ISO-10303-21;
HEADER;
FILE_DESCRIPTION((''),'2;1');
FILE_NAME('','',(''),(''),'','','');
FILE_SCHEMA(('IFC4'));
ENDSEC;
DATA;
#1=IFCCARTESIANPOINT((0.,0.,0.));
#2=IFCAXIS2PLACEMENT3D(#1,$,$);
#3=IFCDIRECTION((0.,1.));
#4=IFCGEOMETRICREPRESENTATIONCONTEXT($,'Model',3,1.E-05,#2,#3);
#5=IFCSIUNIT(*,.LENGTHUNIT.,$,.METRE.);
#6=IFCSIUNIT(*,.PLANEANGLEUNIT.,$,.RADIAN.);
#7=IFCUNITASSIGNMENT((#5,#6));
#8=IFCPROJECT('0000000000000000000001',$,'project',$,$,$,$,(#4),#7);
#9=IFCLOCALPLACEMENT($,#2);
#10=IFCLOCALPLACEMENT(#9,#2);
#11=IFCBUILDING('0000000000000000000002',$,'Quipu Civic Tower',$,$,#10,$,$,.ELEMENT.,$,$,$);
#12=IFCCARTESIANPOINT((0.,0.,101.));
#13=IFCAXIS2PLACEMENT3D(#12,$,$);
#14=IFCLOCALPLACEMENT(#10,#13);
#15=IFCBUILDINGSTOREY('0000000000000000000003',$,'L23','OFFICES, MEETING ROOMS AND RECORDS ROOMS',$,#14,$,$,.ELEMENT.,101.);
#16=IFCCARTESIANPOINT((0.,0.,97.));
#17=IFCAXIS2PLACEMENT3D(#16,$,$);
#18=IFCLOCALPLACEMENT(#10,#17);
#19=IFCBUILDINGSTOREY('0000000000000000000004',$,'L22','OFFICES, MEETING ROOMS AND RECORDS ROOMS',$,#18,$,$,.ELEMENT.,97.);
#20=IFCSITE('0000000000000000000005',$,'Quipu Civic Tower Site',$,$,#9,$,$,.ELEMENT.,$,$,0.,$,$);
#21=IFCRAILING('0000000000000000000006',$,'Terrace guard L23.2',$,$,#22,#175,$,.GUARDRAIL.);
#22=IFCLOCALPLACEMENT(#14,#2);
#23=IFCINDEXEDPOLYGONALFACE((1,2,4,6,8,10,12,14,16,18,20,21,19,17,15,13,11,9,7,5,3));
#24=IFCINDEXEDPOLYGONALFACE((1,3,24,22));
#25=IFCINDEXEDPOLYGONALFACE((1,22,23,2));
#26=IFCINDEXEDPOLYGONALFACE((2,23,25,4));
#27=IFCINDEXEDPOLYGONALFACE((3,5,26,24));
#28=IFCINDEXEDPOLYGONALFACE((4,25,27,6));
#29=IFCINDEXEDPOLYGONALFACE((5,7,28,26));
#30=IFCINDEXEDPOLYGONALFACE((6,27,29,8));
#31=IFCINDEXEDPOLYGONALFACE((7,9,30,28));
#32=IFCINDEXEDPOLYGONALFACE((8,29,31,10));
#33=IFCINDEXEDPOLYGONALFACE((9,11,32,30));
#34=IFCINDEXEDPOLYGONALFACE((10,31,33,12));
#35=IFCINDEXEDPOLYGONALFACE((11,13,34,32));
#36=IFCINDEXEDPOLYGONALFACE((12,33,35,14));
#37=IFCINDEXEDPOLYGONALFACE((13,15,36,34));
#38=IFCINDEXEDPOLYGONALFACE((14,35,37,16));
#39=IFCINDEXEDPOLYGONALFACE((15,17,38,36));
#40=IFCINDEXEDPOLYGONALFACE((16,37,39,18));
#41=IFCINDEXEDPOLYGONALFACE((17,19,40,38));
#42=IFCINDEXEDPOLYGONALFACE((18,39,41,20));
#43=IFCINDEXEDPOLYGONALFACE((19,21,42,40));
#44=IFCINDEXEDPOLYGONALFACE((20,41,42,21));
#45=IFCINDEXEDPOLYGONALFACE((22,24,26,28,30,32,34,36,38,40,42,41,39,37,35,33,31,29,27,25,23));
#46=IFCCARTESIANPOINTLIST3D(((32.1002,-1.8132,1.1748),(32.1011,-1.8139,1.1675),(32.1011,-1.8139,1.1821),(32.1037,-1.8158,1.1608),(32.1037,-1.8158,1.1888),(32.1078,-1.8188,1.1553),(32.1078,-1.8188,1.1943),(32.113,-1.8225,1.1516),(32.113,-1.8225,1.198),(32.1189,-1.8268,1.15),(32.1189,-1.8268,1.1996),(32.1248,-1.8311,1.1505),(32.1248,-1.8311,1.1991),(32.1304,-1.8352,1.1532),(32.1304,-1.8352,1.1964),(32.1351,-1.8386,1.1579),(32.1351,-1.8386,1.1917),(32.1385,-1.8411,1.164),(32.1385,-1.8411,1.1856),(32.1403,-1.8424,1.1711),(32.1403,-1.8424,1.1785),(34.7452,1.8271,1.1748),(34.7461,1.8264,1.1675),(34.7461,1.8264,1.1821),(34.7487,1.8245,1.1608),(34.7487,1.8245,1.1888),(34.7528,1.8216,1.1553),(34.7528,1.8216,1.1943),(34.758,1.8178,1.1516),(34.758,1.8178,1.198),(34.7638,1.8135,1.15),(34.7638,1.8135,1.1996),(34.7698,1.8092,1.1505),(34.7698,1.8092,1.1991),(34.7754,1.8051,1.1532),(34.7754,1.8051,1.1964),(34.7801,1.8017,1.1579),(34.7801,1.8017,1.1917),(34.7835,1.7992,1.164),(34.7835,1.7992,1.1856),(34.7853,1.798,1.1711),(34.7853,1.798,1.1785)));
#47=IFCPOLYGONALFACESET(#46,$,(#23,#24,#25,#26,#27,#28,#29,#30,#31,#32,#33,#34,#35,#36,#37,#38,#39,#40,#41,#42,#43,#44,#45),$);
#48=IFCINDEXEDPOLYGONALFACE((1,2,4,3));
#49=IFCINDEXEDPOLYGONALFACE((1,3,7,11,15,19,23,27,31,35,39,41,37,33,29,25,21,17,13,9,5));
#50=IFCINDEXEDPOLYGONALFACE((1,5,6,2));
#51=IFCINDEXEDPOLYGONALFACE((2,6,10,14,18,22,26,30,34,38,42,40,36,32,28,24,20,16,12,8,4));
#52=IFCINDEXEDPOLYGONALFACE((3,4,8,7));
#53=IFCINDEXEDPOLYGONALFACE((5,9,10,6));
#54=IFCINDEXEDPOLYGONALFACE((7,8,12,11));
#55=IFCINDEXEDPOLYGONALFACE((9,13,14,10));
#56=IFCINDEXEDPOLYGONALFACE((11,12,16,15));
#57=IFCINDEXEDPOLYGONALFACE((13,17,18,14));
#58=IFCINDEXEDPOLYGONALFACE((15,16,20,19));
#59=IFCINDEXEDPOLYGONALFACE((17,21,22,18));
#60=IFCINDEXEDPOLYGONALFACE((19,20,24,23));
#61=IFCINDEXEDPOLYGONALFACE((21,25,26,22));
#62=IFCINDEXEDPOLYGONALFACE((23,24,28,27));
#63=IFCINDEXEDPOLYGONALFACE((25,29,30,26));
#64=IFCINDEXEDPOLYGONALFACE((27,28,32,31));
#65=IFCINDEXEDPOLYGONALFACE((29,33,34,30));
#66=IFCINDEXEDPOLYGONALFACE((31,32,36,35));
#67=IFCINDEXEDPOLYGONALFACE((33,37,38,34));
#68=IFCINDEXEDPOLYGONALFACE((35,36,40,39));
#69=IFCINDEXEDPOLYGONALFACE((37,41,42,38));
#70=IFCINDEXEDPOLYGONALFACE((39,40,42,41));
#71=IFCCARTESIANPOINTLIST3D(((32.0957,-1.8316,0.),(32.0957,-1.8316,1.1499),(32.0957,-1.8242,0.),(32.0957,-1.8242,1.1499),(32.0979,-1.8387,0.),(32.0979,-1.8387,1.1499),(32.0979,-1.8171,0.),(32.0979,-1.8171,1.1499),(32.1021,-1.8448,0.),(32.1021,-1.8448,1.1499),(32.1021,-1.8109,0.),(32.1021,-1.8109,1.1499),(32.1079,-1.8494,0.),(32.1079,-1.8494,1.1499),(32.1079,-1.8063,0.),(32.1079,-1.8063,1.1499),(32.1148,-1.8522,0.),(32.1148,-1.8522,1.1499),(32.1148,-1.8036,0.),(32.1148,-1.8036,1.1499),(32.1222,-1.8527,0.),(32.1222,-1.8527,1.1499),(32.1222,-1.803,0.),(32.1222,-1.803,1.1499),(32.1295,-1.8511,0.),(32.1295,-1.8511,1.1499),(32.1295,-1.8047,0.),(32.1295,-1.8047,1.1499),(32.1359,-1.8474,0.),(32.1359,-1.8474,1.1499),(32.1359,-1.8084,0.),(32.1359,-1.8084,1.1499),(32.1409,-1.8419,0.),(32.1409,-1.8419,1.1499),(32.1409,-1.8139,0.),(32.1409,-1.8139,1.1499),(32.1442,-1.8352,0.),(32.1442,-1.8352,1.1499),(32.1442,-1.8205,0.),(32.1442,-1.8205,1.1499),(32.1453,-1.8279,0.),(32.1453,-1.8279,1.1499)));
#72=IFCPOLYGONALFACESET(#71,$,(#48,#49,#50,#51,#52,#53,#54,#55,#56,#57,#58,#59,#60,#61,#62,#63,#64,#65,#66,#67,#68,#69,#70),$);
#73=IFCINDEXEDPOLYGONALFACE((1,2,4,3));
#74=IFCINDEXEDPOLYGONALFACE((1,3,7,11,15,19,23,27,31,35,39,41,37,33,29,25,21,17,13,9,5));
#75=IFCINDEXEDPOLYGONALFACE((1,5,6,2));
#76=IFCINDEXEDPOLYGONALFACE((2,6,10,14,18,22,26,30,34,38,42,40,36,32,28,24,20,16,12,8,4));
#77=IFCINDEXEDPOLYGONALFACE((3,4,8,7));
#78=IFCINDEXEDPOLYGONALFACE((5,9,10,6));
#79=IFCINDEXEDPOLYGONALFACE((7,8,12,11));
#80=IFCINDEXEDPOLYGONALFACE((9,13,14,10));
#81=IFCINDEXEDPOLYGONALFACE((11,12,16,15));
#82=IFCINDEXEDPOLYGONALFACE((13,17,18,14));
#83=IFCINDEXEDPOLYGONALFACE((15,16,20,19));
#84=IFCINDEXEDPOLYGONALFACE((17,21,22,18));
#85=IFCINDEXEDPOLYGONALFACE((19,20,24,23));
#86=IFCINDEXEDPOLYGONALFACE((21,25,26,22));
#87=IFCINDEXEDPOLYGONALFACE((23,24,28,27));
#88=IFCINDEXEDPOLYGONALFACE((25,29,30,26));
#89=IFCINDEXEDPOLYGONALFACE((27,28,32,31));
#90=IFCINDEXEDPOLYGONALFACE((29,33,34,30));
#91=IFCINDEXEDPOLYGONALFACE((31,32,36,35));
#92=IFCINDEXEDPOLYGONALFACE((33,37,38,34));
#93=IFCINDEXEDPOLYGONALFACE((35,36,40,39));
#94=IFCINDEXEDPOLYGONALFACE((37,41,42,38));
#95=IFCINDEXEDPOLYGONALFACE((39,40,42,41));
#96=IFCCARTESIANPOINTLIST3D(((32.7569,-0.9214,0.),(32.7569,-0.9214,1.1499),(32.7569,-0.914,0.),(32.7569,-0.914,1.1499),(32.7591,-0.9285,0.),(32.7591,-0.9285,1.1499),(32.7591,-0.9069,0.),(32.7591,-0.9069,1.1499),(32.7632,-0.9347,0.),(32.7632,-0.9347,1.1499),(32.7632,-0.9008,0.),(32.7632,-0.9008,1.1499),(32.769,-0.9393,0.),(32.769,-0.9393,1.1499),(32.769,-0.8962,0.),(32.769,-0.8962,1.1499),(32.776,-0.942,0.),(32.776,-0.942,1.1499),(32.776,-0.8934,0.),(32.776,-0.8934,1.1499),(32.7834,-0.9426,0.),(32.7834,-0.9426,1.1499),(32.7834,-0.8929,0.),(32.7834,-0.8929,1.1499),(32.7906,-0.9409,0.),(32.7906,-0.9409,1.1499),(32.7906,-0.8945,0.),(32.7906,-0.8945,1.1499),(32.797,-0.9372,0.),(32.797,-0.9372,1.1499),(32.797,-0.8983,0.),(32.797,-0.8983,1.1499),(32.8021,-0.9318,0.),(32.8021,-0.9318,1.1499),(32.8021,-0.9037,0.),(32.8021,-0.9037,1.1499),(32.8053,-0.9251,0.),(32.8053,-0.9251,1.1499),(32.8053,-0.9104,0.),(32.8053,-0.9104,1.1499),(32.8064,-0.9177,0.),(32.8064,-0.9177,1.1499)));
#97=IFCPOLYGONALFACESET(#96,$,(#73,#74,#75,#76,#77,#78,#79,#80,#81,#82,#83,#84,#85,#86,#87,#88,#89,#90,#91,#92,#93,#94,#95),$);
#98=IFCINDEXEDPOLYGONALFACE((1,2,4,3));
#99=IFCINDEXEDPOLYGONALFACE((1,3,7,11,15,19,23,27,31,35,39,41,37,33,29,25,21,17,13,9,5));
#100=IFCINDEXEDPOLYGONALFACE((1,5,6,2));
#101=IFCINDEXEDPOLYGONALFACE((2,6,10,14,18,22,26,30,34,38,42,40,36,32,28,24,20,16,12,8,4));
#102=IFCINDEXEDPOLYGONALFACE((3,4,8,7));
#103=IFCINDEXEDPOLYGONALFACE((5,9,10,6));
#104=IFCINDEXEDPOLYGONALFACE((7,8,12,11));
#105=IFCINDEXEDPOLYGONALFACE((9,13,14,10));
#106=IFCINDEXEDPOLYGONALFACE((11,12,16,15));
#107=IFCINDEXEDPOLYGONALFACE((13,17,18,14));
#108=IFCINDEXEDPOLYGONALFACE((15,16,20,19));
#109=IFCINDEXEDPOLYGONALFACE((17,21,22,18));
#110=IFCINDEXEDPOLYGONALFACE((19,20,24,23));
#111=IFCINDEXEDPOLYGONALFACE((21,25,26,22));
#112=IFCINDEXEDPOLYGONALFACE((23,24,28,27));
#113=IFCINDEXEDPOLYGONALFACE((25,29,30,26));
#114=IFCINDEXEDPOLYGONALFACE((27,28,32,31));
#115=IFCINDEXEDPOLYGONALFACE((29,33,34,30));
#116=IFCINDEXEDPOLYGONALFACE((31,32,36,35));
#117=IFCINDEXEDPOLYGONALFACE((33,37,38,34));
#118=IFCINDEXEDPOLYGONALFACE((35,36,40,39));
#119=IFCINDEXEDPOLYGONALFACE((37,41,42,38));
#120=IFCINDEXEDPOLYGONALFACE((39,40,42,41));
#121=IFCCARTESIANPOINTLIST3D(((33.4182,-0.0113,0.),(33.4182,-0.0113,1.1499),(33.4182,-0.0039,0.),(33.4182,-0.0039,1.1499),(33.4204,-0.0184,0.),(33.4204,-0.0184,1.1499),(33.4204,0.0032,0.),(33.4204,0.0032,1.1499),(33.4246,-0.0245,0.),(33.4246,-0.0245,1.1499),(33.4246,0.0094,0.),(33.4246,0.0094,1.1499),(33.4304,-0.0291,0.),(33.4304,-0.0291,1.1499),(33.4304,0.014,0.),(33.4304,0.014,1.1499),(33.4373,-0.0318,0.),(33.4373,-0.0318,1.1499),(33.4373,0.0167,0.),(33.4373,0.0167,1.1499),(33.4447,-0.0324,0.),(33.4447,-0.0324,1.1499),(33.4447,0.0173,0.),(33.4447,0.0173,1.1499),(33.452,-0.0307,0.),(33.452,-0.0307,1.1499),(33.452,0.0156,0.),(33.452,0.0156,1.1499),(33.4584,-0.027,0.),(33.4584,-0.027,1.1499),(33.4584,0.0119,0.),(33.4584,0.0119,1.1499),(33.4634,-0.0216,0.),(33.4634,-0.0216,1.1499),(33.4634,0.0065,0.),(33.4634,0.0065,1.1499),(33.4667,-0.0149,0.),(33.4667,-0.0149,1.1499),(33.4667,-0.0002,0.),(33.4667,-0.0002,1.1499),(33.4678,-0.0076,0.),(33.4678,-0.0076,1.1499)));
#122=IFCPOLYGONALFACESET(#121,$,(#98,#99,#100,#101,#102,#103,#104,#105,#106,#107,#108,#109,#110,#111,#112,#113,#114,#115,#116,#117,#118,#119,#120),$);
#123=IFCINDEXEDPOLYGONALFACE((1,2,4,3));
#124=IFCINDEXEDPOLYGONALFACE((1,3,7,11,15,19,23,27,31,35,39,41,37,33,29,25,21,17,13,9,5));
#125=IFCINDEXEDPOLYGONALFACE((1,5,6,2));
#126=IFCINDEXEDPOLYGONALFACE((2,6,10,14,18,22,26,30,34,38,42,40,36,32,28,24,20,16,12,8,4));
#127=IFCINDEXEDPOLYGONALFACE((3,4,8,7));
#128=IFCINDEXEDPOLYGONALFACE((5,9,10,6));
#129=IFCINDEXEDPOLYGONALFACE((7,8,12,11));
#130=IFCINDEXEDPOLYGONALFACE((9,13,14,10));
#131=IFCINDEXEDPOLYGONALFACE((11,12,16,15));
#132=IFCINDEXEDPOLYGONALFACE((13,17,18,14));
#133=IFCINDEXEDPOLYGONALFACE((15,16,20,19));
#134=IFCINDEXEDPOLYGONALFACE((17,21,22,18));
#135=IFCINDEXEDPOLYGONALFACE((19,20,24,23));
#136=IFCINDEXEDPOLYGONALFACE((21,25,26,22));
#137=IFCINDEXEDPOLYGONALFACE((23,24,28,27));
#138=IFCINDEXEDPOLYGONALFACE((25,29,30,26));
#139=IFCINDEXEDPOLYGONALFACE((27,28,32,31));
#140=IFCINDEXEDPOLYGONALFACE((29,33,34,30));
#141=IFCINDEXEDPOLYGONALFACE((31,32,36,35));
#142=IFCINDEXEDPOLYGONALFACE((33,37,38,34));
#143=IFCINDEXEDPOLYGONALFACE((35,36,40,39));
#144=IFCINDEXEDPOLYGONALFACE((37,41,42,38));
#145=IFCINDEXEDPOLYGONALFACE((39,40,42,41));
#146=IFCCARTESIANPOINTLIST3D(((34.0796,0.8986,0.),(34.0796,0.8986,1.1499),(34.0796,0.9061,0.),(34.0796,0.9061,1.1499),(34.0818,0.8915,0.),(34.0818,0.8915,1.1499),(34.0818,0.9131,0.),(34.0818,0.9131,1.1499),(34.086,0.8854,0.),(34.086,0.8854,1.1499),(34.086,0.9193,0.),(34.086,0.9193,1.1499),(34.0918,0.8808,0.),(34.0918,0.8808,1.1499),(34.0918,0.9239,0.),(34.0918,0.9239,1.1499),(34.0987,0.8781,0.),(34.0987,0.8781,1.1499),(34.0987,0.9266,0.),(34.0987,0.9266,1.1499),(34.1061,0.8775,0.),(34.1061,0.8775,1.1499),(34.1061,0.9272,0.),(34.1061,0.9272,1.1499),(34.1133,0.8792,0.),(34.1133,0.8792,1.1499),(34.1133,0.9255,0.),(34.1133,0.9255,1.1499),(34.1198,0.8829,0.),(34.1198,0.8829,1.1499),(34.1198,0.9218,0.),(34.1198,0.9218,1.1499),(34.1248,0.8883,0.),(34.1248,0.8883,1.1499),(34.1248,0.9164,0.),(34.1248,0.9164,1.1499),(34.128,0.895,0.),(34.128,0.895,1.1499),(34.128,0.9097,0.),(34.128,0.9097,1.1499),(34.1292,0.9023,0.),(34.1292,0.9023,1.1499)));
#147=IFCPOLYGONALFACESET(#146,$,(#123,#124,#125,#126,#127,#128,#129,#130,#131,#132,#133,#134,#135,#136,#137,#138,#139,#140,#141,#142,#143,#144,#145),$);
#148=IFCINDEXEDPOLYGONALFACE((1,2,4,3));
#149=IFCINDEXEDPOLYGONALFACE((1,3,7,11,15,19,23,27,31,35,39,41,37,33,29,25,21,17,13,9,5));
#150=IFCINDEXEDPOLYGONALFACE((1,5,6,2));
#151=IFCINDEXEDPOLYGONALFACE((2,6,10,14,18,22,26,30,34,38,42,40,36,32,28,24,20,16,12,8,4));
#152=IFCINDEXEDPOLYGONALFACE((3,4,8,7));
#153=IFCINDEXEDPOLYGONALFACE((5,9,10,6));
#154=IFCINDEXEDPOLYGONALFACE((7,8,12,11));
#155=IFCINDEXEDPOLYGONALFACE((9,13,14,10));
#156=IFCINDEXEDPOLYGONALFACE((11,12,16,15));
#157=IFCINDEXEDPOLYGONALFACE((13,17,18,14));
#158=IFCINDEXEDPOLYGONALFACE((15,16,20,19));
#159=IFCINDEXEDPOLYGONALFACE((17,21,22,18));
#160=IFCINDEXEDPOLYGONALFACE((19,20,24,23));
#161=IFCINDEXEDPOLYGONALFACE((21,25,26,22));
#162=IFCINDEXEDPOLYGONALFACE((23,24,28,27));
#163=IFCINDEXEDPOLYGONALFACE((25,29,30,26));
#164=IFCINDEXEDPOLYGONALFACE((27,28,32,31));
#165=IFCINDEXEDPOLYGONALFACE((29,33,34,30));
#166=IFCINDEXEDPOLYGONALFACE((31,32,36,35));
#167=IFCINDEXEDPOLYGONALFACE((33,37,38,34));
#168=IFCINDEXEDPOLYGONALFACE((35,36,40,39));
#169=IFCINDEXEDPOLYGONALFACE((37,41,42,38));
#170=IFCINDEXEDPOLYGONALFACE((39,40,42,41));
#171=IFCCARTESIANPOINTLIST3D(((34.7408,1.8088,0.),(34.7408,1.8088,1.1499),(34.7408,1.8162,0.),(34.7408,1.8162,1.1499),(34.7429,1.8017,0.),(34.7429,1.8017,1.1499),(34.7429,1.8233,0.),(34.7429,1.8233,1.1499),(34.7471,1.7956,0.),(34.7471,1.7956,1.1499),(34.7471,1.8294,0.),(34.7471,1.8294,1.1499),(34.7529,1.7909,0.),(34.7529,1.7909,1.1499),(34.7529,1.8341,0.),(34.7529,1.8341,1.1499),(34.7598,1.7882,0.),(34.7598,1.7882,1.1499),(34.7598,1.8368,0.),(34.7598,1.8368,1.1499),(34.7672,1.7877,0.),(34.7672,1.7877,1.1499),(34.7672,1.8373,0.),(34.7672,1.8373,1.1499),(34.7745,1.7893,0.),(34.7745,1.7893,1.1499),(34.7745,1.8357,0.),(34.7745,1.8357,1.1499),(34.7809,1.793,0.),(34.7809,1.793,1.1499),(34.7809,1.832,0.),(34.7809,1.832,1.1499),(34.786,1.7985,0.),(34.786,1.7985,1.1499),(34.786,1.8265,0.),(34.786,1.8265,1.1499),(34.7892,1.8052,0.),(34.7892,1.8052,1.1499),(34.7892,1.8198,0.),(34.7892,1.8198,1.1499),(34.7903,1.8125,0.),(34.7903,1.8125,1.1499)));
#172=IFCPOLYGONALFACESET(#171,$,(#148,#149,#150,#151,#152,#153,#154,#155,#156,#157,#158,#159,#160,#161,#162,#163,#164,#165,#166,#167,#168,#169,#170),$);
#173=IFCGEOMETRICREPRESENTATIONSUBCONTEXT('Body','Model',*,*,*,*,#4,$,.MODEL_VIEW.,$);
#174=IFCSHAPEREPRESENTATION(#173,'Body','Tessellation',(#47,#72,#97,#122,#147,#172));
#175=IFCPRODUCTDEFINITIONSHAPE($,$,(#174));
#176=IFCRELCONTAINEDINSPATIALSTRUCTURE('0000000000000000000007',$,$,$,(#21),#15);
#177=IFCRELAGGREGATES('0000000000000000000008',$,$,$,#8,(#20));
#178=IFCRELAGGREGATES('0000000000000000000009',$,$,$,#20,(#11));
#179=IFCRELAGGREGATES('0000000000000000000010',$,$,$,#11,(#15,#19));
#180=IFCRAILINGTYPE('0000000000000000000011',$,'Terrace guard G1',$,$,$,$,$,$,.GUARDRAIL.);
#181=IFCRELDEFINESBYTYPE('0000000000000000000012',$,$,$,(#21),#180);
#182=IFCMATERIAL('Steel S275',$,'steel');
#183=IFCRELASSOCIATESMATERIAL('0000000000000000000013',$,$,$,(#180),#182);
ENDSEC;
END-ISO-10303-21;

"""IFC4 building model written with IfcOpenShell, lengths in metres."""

from ifc_helpers import new_model, si_unit, direction, frame, origin, origin_2d, place, context, subcontext, project, spatial, circle, extrude, material, type_object, element, save


model = new_model("IFC4")

# Units and contexts
model_context = context("Model", 3, precision=1e-05, world=origin(), true_north=direction((0.0, 1.0)))
body_context = subcontext(model_context, "Body", "Model", "MODEL_VIEW")
ifc_project = project(units=[si_unit("LENGTHUNIT", "METRE"), si_unit("PLANEANGLEUNIT", "RADIAN")], contexts=[model_context])

# Site, building, storey
site_placement = place(None, origin())
site = spatial("IfcSite", under=ifc_project, at=site_placement, Name="Quipu Civic Tower Site", CompositionType="ELEMENT", RefElevation=0.0)
building_placement = place(site_placement, origin())
building = spatial("IfcBuilding", under=site, at=building_placement, Name="Quipu Civic Tower", CompositionType="ELEMENT")
storey_1_placement = place(building_placement, frame((0.0, 0.0, 101.0)))
storey_1 = spatial("IfcBuildingStorey", under=building, at=storey_1_placement, Name="L23", Description="OFFICES, MEETING ROOMS AND RECORDS ROOMS", CompositionType="ELEMENT", Elevation=101.0)

# Shared definitions
storey_2_placement = place(building_placement, frame((0.0, 0.0, 97.0)))
storey_2 = spatial("IfcBuildingStorey", under=building, at=storey_2_placement, Name="L22", Description="OFFICES, MEETING ROOMS AND RECORDS ROOMS", CompositionType="ELEMENT", Elevation=97.0)

# Railing
ifc_material_1 = material(Name="Steel S275", Category="steel")
railing_type = type_object("IfcRailingType", Name="Terrace guard G1", PredefinedType="GUARDRAIL", material=ifc_material_1)
railing_1_placement = place(storey_1_placement, frame((32.1204, -1.8279, 0.0)))
element("IfcRailing", 1, at=railing_1_placement, inside=storey_1, type_object=railing_type, Name="Terrace guard L23.2", PredefinedType="GUARDRAIL", context=body_context, shape_type="SweptSolid", body=[
    extrude(circle(Radius=0.0249, at=origin_2d()), frame((0.0, 0.0, 1.1748), z_axis=(0.587804, 0.809003, 0.0), x_axis=(-0.809003, 0.587804, 0.0)), (0.0, 0.0, 1.0), 4.4998),
    extrude(circle(Radius=0.0249, at=origin_2d()), origin(), (0.0, 0.0, 1.0), 1.1499),
    extrude(circle(Radius=0.0249, at=origin_2d()), frame((0.6611, 0.9102, 0.0)), (0.0, 0.0, 1.0), 1.1499),
    extrude(circle(Radius=0.0249, at=origin_2d()), frame((1.3225, 1.8203, 0.0)), (0.0, 0.0, 1.0), 1.1499),
    extrude(circle(Radius=0.0249, at=origin_2d()), frame((1.9839, 2.7302, 0.0)), (0.0, 0.0, 1.0), 1.1499),
    extrude(circle(Radius=0.0249, at=origin_2d()), frame((2.645, 3.6404, 0.0)), (0.0, 0.0, 1.0), 1.1499),
])

save(model, "model.ifc")
